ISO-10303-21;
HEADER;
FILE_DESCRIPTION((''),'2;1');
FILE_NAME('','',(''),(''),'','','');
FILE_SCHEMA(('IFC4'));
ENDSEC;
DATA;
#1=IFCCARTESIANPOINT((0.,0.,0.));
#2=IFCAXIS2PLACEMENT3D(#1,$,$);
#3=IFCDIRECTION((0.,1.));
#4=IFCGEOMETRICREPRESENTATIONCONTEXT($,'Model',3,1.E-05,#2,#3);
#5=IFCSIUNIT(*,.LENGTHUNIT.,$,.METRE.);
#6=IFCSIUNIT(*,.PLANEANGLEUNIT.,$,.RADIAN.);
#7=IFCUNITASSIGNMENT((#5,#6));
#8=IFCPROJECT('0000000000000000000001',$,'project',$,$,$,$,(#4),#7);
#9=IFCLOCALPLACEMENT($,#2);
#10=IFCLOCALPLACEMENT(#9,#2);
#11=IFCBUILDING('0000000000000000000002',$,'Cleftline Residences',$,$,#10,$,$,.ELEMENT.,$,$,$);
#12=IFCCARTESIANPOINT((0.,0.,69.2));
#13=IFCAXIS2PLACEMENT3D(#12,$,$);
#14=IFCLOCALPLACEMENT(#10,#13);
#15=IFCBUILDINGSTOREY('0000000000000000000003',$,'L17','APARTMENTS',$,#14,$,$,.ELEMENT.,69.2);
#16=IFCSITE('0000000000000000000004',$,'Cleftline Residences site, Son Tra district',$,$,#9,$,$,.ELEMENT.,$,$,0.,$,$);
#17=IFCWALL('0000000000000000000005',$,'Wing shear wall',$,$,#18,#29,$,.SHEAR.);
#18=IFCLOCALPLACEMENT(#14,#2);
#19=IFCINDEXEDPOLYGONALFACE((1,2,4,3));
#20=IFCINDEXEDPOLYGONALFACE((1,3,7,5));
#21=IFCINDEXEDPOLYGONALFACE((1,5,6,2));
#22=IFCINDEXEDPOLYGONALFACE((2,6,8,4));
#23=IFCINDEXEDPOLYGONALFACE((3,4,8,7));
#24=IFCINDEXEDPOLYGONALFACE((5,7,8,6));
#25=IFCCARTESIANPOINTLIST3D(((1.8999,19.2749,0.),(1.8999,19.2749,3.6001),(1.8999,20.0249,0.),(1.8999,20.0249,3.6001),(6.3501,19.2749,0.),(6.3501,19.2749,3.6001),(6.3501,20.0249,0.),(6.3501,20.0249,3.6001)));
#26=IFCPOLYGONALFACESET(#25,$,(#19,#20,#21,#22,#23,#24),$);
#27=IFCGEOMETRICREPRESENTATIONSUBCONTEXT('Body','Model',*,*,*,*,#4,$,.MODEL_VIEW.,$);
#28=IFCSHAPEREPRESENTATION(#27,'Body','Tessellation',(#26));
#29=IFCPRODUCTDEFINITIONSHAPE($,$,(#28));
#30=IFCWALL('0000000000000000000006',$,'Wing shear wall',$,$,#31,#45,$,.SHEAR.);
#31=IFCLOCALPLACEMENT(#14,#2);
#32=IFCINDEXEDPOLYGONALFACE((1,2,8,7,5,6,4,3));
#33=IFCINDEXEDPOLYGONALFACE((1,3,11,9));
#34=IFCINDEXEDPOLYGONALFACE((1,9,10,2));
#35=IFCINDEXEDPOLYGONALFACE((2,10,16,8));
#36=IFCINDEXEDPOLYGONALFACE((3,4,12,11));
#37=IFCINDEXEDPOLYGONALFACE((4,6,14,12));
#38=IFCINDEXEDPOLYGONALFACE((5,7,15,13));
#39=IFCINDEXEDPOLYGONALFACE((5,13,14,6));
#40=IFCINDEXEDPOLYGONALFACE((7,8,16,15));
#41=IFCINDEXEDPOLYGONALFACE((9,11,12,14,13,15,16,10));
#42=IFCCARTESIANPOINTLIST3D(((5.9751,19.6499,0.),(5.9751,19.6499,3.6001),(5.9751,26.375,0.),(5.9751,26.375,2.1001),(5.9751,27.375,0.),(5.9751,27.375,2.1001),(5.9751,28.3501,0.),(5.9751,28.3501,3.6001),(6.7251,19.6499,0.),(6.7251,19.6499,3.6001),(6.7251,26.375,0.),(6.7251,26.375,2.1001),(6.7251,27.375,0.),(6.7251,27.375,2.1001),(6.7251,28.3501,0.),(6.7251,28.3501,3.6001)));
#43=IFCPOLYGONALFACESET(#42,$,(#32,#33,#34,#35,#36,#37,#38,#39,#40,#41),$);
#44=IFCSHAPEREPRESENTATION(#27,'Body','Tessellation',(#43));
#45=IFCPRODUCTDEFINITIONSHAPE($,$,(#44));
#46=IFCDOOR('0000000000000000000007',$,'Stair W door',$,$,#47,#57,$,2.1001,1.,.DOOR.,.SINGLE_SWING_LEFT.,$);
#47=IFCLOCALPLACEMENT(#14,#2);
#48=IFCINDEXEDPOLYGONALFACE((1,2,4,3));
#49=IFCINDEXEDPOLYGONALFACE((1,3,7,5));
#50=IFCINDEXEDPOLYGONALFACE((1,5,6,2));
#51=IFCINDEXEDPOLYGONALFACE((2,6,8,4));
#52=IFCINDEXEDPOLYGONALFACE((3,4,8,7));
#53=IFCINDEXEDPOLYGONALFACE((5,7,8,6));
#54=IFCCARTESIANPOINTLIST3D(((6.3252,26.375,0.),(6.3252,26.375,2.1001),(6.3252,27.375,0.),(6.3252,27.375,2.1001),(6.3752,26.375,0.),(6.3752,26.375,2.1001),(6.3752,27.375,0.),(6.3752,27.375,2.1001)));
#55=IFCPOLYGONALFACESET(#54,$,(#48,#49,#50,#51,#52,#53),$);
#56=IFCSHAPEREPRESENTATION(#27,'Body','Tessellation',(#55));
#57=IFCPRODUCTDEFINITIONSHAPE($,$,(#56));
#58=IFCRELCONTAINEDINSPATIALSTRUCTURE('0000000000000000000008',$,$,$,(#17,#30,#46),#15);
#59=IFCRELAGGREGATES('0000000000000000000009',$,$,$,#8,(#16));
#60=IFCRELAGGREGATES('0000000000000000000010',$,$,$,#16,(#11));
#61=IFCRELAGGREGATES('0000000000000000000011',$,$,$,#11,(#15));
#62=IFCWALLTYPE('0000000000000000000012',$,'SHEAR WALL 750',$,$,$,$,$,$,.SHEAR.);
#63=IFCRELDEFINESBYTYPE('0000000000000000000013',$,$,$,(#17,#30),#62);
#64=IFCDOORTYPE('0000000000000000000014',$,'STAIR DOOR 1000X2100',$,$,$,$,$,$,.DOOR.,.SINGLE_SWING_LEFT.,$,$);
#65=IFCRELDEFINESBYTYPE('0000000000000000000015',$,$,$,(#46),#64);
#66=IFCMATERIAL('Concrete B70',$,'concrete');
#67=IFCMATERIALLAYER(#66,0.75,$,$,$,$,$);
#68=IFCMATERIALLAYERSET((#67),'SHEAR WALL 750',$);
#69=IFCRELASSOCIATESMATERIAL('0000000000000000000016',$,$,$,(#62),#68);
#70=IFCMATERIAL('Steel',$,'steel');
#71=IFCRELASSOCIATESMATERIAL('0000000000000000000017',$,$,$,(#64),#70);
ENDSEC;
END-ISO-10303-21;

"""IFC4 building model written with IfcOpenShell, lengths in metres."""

from ifc_helpers import new_model, si_unit, direction, frame, frame_2d, origin, place, context, subcontext, project, spatial, rectangle, extrude, material, layer, layer_set, type_object, element, fill, save


model = new_model("IFC4")

# Units and contexts
model_context = context("Model", 3, precision=1e-05, world=origin(), true_north=direction((0.0, 1.0)))
body_context = subcontext(model_context, "Body", "Model", "MODEL_VIEW")
ifc_project = project(units=[si_unit("LENGTHUNIT", "METRE"), si_unit("PLANEANGLEUNIT", "RADIAN")], contexts=[model_context])

# Site, building, storey
site_placement = place(None, origin())
site = spatial("IfcSite", under=ifc_project, at=site_placement, Name="Cleftline Residences site, Son Tra district", CompositionType="ELEMENT", RefElevation=0.0)
building_placement = place(site_placement, origin())
building = spatial("IfcBuilding", under=site, at=building_placement, Name="Cleftline Residences", CompositionType="ELEMENT")
storey_placement = place(building_placement, frame((0.0, 0.0, 69.2)))
storey = spatial("IfcBuildingStorey", under=building, at=storey_placement, Name="L17", Description="APARTMENTS", CompositionType="ELEMENT", Elevation=69.2)

# Wall
ifc_material_1 = material(Name="Concrete B70", Category="concrete")
ifc_layer_1 = layer(ifc_material_1, 0.75)
ifc_layer_set_1 = layer_set([ifc_layer_1], Name="SHEAR WALL 750")
wall_type_1 = type_object("IfcWallType", Name="SHEAR WALL 750", PredefinedType="SHEAR", material=ifc_layer_set_1)
wall_1_placement = place(storey_placement, frame((1.8999, 19.6499, 0.0), z_axis=(0.0, 0.0, 1.0), x_axis=(1.0, 0.0, 0.0)))
element("IfcWall", 1, at=wall_1_placement, inside=storey, type_object=wall_type_1, Name="Wing shear wall", PredefinedType="SHEAR", context=body_context, shape_type="SweptSolid", body=[
    extrude(rectangle(XDim=4.4502, YDim=0.75, at=frame_2d((2.2251, 0.0))), origin(), (0.0, 0.0, 1.0), 3.6001),
])

# Wall, opening, door
wall_2_placement = place(storey_placement, frame((6.3501, 19.6499, 0.0), z_axis=(0.0, 0.0, 1.0), x_axis=(0.0, 1.0, 0.0)))
wall_2 = element("IfcWall", 2, at=wall_2_placement, inside=storey, type_object=wall_type_1, Name="Wing shear wall", PredefinedType="SHEAR", context=body_context, shape_type="SweptSolid", body=[
    extrude(rectangle(XDim=8.7002, YDim=0.75, at=frame_2d((4.3501, 0.0))), origin(), (0.0, 0.0, 1.0), 3.6001),
])
opening_1_placement = place(wall_2_placement, frame((6.7251, 0.0, 0.0)))
opening_1 = element("IfcOpeningElement", 3, at=opening_1_placement, cuts=wall_2, PredefinedType="OPENING", context=body_context, shape_type="SweptSolid", body=[
    extrude(rectangle(XDim=1.0, YDim=2.1001, at=frame_2d((0.5, 1.05))), frame((0.0, 0.385, 0.0), z_axis=(0.0, -1.0, 0.0), x_axis=(1.0, 0.0, 0.0)), (0.0, 0.0, 1.0), 0.77),
])
ifc_material_2 = material(Name="Steel", Category="steel")
door_type_1 = type_object("IfcDoorType", Name="STAIR DOOR 1000X2100", OperationType="SINGLE_SWING_LEFT", PredefinedType="DOOR", material=ifc_material_2)
door_1_placement = place(opening_1_placement, origin())
door_1 = element("IfcDoor", 4, at=door_1_placement, inside=storey, type_object=door_type_1, Name="Stair W door", OperationType="SINGLE_SWING_LEFT", OverallHeight=2.1001, OverallWidth=1.0, PredefinedType="DOOR", context=body_context, shape_type="SweptSolid", body=[
    extrude(rectangle(XDim=1.0, YDim=2.1001, at=frame_2d((0.5, 1.05))), frame((0.0, 0.0249, 0.0), z_axis=(0.0, -1.0, 0.0), x_axis=(1.0, 0.0, 0.0)), (0.0, 0.0, 1.0), 0.05),
])
fill(opening_1, door_1)

save(model, "model.ifc")
